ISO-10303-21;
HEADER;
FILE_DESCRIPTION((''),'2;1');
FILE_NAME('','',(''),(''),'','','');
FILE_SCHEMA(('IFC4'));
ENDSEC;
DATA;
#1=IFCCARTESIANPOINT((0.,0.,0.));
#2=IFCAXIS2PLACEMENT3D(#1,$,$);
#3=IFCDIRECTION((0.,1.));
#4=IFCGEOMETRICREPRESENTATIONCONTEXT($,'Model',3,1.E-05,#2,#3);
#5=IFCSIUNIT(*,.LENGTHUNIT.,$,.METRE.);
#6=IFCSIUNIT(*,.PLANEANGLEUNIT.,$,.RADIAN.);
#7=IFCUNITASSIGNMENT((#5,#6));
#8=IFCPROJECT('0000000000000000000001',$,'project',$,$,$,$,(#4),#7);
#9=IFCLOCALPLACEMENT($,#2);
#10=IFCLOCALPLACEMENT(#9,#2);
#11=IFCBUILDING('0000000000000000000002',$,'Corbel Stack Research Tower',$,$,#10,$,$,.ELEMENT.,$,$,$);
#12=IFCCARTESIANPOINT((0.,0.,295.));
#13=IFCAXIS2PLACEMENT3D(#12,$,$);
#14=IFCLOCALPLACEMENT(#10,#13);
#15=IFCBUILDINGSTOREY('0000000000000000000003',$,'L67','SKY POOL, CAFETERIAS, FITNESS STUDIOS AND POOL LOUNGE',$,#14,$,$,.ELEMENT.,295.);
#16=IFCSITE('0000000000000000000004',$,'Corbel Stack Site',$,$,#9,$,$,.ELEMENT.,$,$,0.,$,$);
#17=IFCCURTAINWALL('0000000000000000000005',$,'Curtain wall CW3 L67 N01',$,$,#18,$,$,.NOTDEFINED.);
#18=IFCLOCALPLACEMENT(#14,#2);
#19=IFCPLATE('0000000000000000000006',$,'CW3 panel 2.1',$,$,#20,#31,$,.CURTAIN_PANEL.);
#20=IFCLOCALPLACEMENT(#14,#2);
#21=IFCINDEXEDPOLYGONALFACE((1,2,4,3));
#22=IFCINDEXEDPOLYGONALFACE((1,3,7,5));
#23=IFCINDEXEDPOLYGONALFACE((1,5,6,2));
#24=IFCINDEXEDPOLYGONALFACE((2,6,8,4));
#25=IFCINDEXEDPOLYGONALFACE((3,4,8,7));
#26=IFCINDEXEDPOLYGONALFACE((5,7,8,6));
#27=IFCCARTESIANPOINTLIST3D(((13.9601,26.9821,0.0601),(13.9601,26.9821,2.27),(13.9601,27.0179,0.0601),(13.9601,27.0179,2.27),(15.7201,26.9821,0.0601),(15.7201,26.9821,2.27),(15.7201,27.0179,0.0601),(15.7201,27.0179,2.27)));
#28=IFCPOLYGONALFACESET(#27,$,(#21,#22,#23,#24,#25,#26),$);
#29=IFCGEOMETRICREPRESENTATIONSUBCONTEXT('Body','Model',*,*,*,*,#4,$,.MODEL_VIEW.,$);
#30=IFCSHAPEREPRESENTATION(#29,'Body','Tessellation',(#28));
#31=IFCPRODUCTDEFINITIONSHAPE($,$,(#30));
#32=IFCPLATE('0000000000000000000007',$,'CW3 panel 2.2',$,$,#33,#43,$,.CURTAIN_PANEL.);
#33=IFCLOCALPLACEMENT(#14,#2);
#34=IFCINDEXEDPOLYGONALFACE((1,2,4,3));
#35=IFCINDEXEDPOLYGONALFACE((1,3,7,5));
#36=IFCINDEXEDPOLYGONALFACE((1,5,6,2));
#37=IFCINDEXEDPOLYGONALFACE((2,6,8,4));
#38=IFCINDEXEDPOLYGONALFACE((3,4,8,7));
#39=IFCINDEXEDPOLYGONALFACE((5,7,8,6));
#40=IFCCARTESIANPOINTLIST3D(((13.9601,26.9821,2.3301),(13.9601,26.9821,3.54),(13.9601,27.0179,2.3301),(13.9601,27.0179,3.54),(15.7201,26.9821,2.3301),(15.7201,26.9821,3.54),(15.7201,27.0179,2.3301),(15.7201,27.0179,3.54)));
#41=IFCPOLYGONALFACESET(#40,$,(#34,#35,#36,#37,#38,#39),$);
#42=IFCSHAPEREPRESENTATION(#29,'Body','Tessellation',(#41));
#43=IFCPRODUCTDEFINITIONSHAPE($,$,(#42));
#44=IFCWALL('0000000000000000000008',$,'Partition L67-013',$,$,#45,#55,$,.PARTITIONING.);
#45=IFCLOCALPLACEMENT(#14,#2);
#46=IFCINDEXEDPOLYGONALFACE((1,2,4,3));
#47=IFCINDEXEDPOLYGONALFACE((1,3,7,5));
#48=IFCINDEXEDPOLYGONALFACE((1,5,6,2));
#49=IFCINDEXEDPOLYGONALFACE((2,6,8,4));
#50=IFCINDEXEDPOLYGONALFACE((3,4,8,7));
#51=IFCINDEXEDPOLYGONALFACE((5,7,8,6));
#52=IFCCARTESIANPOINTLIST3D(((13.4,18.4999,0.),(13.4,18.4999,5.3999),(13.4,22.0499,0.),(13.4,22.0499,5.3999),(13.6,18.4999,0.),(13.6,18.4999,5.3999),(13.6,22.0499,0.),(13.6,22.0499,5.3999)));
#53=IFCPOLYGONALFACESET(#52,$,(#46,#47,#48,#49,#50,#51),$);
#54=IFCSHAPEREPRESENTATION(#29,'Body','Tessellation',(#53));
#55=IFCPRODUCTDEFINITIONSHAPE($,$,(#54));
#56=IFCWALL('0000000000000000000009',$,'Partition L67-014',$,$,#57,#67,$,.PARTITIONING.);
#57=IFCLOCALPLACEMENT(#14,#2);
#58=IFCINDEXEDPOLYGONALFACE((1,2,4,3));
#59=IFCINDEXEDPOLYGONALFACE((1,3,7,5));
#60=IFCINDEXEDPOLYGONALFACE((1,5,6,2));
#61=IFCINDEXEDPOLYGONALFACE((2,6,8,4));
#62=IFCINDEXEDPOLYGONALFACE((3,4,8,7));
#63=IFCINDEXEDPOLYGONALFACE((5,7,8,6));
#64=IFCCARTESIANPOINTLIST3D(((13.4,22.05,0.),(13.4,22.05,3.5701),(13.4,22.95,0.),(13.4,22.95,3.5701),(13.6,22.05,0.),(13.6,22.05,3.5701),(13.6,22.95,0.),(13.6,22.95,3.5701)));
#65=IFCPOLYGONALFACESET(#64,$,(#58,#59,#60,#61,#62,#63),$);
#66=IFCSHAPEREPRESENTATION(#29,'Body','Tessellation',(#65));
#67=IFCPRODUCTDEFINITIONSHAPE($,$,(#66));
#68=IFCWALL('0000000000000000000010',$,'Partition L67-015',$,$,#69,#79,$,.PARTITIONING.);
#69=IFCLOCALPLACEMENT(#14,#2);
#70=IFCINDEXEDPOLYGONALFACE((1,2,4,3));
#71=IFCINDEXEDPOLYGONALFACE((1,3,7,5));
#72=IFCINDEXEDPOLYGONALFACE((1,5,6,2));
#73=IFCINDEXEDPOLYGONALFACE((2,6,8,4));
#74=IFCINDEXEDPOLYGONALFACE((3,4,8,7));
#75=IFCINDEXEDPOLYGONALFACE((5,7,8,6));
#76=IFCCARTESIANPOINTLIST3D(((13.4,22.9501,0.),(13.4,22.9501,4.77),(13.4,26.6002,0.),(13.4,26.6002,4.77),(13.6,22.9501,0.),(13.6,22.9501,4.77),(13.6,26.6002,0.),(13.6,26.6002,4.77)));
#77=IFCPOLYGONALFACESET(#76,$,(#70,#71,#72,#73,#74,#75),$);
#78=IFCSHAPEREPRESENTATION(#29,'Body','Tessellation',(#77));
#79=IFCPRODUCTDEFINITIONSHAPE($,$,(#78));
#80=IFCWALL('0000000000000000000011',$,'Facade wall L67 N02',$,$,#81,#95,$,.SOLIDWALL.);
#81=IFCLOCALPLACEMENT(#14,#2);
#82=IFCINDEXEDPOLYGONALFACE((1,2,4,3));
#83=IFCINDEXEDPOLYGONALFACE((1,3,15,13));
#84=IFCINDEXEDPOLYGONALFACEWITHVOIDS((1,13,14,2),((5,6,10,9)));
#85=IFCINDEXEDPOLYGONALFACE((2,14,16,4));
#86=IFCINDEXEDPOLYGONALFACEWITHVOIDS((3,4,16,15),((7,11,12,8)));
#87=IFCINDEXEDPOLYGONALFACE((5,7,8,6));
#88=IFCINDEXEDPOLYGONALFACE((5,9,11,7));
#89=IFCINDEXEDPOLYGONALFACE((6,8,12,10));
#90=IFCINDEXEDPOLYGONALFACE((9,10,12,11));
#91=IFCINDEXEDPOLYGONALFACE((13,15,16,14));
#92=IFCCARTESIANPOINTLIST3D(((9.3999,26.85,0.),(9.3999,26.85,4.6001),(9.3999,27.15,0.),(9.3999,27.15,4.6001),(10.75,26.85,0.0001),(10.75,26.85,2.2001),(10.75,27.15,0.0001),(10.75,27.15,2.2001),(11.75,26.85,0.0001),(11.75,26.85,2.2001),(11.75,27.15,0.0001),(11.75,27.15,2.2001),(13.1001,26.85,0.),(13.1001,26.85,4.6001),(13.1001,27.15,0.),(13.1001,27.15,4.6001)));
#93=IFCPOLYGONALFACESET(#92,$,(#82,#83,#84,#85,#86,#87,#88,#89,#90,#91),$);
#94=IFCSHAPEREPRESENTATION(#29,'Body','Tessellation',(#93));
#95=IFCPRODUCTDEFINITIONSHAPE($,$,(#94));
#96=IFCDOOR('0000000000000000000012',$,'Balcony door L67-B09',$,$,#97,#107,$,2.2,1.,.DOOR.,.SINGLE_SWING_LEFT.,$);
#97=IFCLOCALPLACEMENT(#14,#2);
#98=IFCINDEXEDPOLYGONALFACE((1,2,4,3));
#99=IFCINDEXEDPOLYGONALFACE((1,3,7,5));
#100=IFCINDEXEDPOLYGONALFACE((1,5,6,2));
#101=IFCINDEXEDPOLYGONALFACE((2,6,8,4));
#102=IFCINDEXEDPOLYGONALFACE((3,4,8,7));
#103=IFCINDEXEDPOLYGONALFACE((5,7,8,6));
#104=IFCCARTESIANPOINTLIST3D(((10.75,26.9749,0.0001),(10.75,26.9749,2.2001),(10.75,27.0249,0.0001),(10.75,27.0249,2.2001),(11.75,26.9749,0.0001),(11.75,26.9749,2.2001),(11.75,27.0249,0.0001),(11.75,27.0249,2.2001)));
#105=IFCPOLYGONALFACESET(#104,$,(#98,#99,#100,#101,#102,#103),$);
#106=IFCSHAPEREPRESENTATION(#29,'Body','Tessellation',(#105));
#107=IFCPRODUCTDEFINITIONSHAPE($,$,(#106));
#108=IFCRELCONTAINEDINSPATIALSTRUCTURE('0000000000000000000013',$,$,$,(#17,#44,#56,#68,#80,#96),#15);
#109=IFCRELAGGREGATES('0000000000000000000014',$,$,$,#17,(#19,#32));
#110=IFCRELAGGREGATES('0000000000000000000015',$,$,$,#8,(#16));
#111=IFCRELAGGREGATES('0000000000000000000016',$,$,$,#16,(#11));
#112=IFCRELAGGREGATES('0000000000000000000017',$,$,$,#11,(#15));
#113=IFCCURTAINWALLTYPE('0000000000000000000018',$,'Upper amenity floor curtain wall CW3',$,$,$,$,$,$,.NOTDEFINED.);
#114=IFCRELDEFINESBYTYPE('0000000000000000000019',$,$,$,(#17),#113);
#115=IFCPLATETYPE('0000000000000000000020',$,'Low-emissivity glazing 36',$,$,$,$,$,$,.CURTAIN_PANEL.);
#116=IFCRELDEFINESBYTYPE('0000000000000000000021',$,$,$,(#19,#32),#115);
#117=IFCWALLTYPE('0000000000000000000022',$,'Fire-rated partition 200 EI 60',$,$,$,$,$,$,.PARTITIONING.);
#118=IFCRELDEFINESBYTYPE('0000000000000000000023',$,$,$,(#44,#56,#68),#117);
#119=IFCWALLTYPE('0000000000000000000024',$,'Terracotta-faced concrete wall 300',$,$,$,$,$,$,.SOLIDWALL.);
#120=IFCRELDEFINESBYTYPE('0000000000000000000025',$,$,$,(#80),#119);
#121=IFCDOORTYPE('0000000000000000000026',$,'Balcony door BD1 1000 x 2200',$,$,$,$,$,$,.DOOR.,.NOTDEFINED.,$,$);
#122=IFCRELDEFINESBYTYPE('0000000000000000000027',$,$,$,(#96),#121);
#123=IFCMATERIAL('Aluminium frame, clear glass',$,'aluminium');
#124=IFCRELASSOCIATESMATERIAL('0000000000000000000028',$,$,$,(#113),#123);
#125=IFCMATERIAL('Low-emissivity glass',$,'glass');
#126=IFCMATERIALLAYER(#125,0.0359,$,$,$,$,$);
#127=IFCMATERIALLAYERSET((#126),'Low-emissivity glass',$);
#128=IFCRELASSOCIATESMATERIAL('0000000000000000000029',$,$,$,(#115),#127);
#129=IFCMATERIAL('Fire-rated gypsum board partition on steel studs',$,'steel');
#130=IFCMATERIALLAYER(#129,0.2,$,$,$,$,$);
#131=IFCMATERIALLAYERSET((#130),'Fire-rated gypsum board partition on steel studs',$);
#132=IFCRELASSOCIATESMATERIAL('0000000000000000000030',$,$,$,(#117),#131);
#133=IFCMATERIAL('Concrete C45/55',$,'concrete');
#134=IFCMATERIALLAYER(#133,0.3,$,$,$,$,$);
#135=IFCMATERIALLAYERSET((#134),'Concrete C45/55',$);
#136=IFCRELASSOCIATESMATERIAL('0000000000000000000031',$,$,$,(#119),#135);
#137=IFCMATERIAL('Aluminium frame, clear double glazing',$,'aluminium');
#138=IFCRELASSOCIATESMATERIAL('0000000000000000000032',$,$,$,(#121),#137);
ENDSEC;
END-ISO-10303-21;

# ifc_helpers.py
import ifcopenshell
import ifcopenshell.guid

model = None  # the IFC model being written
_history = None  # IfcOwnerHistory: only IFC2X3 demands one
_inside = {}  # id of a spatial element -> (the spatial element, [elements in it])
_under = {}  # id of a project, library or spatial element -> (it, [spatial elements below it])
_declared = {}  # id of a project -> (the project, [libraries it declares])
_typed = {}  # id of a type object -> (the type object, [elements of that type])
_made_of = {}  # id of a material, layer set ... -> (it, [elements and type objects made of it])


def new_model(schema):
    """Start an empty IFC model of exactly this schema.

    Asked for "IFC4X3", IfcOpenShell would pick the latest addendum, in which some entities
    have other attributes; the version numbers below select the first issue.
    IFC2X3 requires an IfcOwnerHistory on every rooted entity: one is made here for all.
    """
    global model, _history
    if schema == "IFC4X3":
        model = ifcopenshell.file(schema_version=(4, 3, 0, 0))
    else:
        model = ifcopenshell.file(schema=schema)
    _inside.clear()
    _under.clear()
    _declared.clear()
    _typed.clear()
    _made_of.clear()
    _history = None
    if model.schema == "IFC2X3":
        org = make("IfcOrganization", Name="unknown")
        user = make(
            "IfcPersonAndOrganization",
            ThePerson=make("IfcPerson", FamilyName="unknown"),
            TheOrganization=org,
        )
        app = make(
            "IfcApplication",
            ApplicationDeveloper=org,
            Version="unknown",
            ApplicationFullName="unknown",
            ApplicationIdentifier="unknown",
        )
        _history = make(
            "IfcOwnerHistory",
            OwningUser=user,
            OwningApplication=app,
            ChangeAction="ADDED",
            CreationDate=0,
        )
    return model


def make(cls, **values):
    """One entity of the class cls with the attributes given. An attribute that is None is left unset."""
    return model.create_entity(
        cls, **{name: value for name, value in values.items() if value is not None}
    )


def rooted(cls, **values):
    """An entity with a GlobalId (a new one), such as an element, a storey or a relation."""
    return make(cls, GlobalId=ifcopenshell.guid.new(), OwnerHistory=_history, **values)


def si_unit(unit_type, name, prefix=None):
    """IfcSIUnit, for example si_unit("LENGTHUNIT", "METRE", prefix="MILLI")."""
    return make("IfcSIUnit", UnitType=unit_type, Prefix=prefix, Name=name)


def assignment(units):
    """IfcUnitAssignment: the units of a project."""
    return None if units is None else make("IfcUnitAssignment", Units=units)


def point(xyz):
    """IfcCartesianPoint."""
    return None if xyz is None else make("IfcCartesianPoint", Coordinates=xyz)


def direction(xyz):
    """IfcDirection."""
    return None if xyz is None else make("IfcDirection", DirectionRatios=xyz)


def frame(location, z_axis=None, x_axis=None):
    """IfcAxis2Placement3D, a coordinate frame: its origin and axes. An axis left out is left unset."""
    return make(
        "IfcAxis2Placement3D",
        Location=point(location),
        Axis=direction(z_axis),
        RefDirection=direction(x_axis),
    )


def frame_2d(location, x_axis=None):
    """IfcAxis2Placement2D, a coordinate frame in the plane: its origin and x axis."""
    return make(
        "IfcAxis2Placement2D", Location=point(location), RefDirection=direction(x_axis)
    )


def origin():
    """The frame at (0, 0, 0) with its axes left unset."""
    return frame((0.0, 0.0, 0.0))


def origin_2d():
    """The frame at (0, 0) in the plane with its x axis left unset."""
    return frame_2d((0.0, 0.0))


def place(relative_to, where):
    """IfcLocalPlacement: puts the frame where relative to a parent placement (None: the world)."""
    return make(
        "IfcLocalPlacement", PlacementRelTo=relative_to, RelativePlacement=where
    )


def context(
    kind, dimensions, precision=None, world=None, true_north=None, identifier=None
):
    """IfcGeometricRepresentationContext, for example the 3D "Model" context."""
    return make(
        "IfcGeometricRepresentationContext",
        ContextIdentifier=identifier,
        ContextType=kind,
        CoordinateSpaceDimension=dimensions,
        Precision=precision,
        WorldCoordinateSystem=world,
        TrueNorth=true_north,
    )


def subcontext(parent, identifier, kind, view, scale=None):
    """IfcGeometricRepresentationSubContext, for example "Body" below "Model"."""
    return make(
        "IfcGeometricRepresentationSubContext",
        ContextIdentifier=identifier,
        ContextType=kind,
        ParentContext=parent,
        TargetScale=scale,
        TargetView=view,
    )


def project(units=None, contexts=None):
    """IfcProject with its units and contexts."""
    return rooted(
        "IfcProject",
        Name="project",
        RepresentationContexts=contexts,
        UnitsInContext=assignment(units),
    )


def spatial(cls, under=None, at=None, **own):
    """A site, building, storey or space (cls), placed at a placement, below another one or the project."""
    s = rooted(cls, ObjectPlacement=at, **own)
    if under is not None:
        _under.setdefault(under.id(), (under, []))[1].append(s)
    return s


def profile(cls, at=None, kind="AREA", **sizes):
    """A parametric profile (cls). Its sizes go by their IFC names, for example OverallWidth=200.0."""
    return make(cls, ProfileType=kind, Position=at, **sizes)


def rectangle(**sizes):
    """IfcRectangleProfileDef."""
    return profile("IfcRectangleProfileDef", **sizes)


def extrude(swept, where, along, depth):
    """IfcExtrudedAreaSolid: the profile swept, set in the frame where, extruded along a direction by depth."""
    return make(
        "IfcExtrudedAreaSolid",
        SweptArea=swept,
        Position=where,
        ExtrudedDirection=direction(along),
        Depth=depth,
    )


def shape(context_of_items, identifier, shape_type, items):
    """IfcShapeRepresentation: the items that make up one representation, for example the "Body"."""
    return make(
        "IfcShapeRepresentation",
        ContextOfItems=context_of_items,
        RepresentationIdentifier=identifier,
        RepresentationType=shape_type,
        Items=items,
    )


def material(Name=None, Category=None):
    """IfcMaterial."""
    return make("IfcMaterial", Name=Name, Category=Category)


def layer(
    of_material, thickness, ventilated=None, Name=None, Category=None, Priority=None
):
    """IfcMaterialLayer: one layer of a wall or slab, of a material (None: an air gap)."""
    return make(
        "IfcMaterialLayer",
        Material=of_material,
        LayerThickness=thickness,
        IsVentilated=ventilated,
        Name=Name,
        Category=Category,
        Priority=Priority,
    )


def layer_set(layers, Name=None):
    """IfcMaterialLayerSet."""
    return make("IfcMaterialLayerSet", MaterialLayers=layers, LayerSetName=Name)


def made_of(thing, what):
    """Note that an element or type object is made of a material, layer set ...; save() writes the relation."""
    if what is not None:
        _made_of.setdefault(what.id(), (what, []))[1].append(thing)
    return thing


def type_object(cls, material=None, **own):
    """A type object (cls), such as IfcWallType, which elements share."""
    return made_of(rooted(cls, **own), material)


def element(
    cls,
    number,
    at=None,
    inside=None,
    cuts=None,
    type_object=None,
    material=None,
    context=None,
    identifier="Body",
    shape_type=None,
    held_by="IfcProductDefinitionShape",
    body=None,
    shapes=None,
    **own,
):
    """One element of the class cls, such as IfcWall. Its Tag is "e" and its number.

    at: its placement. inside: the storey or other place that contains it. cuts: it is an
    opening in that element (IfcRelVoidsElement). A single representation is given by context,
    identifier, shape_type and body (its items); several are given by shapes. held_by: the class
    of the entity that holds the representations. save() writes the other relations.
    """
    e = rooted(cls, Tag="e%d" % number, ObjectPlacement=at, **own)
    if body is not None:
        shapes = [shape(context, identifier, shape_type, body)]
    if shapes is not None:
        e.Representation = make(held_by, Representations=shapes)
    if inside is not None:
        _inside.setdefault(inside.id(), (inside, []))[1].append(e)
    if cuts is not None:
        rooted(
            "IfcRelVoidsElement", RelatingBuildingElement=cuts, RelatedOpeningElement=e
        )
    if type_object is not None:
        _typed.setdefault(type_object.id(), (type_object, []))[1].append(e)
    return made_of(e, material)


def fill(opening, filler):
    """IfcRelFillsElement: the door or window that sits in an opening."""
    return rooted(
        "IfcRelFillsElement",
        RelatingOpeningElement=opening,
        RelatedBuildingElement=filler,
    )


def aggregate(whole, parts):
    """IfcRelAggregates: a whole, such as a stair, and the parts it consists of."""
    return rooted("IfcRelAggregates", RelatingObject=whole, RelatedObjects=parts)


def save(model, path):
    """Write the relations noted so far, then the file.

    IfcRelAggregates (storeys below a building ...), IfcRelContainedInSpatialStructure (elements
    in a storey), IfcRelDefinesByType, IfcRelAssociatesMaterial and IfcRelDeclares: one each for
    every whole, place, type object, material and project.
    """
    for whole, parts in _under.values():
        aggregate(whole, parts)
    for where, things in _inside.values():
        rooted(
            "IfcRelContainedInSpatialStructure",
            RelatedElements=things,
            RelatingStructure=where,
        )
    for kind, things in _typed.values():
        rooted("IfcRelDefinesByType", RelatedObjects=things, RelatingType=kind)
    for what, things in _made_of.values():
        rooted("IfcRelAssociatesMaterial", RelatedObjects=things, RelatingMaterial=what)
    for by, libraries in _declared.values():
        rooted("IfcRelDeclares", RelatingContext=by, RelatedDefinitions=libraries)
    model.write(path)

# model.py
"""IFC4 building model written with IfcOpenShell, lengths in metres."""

from ifc_helpers import new_model, si_unit, direction, frame, frame_2d, origin, origin_2d, place, context, subcontext, project, spatial, rectangle, extrude, material, layer, layer_set, type_object, element, fill, aggregate, save


model = new_model("IFC4")

# Units and contexts
model_context = context("Model", 3, precision=1e-05, world=origin(), true_north=direction((0.0, 1.0)))
body_context = subcontext(model_context, "Body", "Model", "MODEL_VIEW")
ifc_project = project(units=[si_unit("LENGTHUNIT", "METRE"), si_unit("PLANEANGLEUNIT", "RADIAN")], contexts=[model_context])

# Site, building, storey
site_placement = place(None, origin())
site = spatial("IfcSite", under=ifc_project, at=site_placement, Name="Corbel Stack Site", CompositionType="ELEMENT", RefElevation=0.0)
building_placement = place(site_placement, origin())
building = spatial("IfcBuilding", under=site, at=building_placement, Name="Corbel Stack Research Tower", CompositionType="ELEMENT")
storey_placement = place(building_placement, frame((0.0, 0.0, 295.0)))
storey = spatial("IfcBuildingStorey", under=building, at=storey_placement, Name="L67", Description="SKY POOL, CAFETERIAS, FITNESS STUDIOS AND POOL LOUNGE", CompositionType="ELEMENT", Elevation=295.0)

# Curtain wall
ifc_material_1 = material(Name="Aluminium frame, clear glass", Category="aluminium")
curtain_wall_type = type_object("IfcCurtainWallType", Name="Upper amenity floor curtain wall CW3", PredefinedType="NOTDEFINED", material=ifc_material_1)
curtain_wall_placement = place(storey_placement, origin())
curtain_wall = element("IfcCurtainWall", 1, at=curtain_wall_placement, inside=storey, type_object=curtain_wall_type, Name="Curtain wall CW3 L67 N01", PredefinedType="NOTDEFINED")

# Plates
ifc_material_2 = material(Name="Low-emissivity glass", Category="glass")
ifc_layer_1 = layer(ifc_material_2, 0.0359)
ifc_layer_set_1 = layer_set([ifc_layer_1], Name="Low-emissivity glass")
plate_type = type_object("IfcPlateType", Name="Low-emissivity glazing 36", PredefinedType="CURTAIN_PANEL", material=ifc_layer_set_1)
plate_1_placement = place(storey_placement, frame((14.8401, 27.0, 0.0601), z_axis=(0.0, 0.0, 1.0), x_axis=(-1.0, 0.0, 0.0)))
plate_1 = element("IfcPlate", 2, at=plate_1_placement, type_object=plate_type, Name="CW3 panel 2.1", PredefinedType="CURTAIN_PANEL", context=body_context, shape_type="SweptSolid", body=[
    extrude(rectangle(XDim=1.76, YDim=0.0359, at=origin_2d()), origin(), (0.0, 0.0, 1.0), 2.21),
])
plate_2_placement = place(storey_placement, frame((14.8401, 27.0, 2.3301), z_axis=(0.0, 0.0, 1.0), x_axis=(-1.0, 0.0, 0.0)))
plate_2 = element("IfcPlate", 3, at=plate_2_placement, type_object=plate_type, Name="CW3 panel 2.2", PredefinedType="CURTAIN_PANEL", context=body_context, shape_type="SweptSolid", body=[
    extrude(rectangle(XDim=1.76, YDim=0.0359, at=origin_2d()), origin(), (0.0, 0.0, 1.0), 1.21),
])
aggregate(curtain_wall, [plate_1, plate_2])

# Walls
ifc_material_3 = material(Name="Fire-rated gypsum board partition on steel studs", Category="steel")
ifc_layer_2 = layer(ifc_material_3, 0.2)
ifc_layer_set_2 = layer_set([ifc_layer_2], Name="Fire-rated gypsum board partition on steel studs")
wall_type_1 = type_object("IfcWallType", Name="Fire-rated partition 200 EI 60", PredefinedType="PARTITIONING", material=ifc_layer_set_2)
wall_1_placement = place(storey_placement, frame((13.5, 18.5, 0.0), z_axis=(0.0, 0.0, 1.0), x_axis=(0.0, 1.0, 0.0)))
element("IfcWall", 4, at=wall_1_placement, inside=storey, type_object=wall_type_1, Name="Partition L67-013", PredefinedType="PARTITIONING", context=body_context, shape_type="SweptSolid", body=[
    extrude(rectangle(XDim=3.55, YDim=0.2, at=frame_2d((1.7749, 0.0))), origin(), (0.0, 0.0, 1.0), 5.3999),
])
wall_2_placement = place(storey_placement, frame((13.5, 22.05, 0.0), z_axis=(0.0, 0.0, 1.0), x_axis=(0.0, 1.0, 0.0)))
element("IfcWall", 5, at=wall_2_placement, inside=storey, type_object=wall_type_1, Name="Partition L67-014", PredefinedType="PARTITIONING", context=body_context, shape_type="SweptSolid", body=[
    extrude(rectangle(XDim=0.8999, YDim=0.2, at=frame_2d((0.45, 0.0))), origin(), (0.0, 0.0, 1.0), 3.5701),
])
wall_3_placement = place(storey_placement, frame((13.5, 22.95, 0.0), z_axis=(0.0, 0.0, 1.0), x_axis=(0.0, 1.0, 0.0)))
element("IfcWall", 6, at=wall_3_placement, inside=storey, type_object=wall_type_1, Name="Partition L67-015", PredefinedType="PARTITIONING", context=body_context, shape_type="SweptSolid", body=[
    extrude(rectangle(XDim=3.6501, YDim=0.2, at=frame_2d((1.8252, 0.0))), origin(), (0.0, 0.0, 1.0), 4.77),
])

# Wall, opening, door
ifc_material_4 = material(Name="Concrete C45/55", Category="concrete")
ifc_layer_3 = layer(ifc_material_4, 0.3)
ifc_layer_set_3 = layer_set([ifc_layer_3], Name="Concrete C45/55")
wall_type_2 = type_object("IfcWallType", Name="Terracotta-faced concrete wall 300", PredefinedType="SOLIDWALL", material=ifc_layer_set_3)
wall_4_placement = place(storey_placement, frame((9.3999, 27.0, 0.0), z_axis=(0.0, 0.0, 1.0), x_axis=(1.0, 0.0, 0.0)))
wall_4 = element("IfcWall", 7, at=wall_4_placement, inside=storey, type_object=wall_type_2, Name="Facade wall L67 N02", PredefinedType="SOLIDWALL", context=body_context, shape_type="SweptSolid", body=[
    extrude(rectangle(XDim=3.7002, YDim=0.3, at=frame_2d((1.8501, 0.0))), origin(), (0.0, 0.0, 1.0), 4.6001),
])
opening_placement = place(wall_4_placement, frame((1.3501, 0.0, 0.0)))
opening = element("IfcOpeningElement", 8, at=opening_placement, cuts=wall_4, PredefinedType="OPENING", context=body_context, shape_type="SweptSolid", body=[
    extrude(rectangle(XDim=1.0, YDim=2.2, at=frame_2d((0.5, 1.1001))), frame((0.0, 0.1599, 0.0), z_axis=(0.0, -1.0, 0.0), x_axis=(1.0, 0.0, 0.0)), (0.0, 0.0, 1.0), 0.3201),
])
ifc_material_5 = material(Name="Aluminium frame, clear double glazing", Category="aluminium")
door_type = type_object("IfcDoorType", Name="Balcony door BD1 1000 x 2200", OperationType="NOTDEFINED", PredefinedType="DOOR", material=ifc_material_5)
door_placement = place(opening_placement, origin())
door = element("IfcDoor", 9, at=door_placement, inside=storey, type_object=door_type, Name="Balcony door L67-B09", OperationType="SINGLE_SWING_LEFT", OverallHeight=2.2, OverallWidth=1.0, PredefinedType="DOOR", context=body_context, shape_type="SweptSolid", body=[
    extrude(rectangle(XDim=1.0, YDim=2.2, at=frame_2d((0.5, 1.1001))), frame((0.0, 0.0249, 0.0), z_axis=(0.0, -1.0, 0.0), x_axis=(1.0, 0.0, 0.0)), (0.0, 0.0, 1.0), 0.05),
])
fill(opening, door)

save(model, "model.ifc")
